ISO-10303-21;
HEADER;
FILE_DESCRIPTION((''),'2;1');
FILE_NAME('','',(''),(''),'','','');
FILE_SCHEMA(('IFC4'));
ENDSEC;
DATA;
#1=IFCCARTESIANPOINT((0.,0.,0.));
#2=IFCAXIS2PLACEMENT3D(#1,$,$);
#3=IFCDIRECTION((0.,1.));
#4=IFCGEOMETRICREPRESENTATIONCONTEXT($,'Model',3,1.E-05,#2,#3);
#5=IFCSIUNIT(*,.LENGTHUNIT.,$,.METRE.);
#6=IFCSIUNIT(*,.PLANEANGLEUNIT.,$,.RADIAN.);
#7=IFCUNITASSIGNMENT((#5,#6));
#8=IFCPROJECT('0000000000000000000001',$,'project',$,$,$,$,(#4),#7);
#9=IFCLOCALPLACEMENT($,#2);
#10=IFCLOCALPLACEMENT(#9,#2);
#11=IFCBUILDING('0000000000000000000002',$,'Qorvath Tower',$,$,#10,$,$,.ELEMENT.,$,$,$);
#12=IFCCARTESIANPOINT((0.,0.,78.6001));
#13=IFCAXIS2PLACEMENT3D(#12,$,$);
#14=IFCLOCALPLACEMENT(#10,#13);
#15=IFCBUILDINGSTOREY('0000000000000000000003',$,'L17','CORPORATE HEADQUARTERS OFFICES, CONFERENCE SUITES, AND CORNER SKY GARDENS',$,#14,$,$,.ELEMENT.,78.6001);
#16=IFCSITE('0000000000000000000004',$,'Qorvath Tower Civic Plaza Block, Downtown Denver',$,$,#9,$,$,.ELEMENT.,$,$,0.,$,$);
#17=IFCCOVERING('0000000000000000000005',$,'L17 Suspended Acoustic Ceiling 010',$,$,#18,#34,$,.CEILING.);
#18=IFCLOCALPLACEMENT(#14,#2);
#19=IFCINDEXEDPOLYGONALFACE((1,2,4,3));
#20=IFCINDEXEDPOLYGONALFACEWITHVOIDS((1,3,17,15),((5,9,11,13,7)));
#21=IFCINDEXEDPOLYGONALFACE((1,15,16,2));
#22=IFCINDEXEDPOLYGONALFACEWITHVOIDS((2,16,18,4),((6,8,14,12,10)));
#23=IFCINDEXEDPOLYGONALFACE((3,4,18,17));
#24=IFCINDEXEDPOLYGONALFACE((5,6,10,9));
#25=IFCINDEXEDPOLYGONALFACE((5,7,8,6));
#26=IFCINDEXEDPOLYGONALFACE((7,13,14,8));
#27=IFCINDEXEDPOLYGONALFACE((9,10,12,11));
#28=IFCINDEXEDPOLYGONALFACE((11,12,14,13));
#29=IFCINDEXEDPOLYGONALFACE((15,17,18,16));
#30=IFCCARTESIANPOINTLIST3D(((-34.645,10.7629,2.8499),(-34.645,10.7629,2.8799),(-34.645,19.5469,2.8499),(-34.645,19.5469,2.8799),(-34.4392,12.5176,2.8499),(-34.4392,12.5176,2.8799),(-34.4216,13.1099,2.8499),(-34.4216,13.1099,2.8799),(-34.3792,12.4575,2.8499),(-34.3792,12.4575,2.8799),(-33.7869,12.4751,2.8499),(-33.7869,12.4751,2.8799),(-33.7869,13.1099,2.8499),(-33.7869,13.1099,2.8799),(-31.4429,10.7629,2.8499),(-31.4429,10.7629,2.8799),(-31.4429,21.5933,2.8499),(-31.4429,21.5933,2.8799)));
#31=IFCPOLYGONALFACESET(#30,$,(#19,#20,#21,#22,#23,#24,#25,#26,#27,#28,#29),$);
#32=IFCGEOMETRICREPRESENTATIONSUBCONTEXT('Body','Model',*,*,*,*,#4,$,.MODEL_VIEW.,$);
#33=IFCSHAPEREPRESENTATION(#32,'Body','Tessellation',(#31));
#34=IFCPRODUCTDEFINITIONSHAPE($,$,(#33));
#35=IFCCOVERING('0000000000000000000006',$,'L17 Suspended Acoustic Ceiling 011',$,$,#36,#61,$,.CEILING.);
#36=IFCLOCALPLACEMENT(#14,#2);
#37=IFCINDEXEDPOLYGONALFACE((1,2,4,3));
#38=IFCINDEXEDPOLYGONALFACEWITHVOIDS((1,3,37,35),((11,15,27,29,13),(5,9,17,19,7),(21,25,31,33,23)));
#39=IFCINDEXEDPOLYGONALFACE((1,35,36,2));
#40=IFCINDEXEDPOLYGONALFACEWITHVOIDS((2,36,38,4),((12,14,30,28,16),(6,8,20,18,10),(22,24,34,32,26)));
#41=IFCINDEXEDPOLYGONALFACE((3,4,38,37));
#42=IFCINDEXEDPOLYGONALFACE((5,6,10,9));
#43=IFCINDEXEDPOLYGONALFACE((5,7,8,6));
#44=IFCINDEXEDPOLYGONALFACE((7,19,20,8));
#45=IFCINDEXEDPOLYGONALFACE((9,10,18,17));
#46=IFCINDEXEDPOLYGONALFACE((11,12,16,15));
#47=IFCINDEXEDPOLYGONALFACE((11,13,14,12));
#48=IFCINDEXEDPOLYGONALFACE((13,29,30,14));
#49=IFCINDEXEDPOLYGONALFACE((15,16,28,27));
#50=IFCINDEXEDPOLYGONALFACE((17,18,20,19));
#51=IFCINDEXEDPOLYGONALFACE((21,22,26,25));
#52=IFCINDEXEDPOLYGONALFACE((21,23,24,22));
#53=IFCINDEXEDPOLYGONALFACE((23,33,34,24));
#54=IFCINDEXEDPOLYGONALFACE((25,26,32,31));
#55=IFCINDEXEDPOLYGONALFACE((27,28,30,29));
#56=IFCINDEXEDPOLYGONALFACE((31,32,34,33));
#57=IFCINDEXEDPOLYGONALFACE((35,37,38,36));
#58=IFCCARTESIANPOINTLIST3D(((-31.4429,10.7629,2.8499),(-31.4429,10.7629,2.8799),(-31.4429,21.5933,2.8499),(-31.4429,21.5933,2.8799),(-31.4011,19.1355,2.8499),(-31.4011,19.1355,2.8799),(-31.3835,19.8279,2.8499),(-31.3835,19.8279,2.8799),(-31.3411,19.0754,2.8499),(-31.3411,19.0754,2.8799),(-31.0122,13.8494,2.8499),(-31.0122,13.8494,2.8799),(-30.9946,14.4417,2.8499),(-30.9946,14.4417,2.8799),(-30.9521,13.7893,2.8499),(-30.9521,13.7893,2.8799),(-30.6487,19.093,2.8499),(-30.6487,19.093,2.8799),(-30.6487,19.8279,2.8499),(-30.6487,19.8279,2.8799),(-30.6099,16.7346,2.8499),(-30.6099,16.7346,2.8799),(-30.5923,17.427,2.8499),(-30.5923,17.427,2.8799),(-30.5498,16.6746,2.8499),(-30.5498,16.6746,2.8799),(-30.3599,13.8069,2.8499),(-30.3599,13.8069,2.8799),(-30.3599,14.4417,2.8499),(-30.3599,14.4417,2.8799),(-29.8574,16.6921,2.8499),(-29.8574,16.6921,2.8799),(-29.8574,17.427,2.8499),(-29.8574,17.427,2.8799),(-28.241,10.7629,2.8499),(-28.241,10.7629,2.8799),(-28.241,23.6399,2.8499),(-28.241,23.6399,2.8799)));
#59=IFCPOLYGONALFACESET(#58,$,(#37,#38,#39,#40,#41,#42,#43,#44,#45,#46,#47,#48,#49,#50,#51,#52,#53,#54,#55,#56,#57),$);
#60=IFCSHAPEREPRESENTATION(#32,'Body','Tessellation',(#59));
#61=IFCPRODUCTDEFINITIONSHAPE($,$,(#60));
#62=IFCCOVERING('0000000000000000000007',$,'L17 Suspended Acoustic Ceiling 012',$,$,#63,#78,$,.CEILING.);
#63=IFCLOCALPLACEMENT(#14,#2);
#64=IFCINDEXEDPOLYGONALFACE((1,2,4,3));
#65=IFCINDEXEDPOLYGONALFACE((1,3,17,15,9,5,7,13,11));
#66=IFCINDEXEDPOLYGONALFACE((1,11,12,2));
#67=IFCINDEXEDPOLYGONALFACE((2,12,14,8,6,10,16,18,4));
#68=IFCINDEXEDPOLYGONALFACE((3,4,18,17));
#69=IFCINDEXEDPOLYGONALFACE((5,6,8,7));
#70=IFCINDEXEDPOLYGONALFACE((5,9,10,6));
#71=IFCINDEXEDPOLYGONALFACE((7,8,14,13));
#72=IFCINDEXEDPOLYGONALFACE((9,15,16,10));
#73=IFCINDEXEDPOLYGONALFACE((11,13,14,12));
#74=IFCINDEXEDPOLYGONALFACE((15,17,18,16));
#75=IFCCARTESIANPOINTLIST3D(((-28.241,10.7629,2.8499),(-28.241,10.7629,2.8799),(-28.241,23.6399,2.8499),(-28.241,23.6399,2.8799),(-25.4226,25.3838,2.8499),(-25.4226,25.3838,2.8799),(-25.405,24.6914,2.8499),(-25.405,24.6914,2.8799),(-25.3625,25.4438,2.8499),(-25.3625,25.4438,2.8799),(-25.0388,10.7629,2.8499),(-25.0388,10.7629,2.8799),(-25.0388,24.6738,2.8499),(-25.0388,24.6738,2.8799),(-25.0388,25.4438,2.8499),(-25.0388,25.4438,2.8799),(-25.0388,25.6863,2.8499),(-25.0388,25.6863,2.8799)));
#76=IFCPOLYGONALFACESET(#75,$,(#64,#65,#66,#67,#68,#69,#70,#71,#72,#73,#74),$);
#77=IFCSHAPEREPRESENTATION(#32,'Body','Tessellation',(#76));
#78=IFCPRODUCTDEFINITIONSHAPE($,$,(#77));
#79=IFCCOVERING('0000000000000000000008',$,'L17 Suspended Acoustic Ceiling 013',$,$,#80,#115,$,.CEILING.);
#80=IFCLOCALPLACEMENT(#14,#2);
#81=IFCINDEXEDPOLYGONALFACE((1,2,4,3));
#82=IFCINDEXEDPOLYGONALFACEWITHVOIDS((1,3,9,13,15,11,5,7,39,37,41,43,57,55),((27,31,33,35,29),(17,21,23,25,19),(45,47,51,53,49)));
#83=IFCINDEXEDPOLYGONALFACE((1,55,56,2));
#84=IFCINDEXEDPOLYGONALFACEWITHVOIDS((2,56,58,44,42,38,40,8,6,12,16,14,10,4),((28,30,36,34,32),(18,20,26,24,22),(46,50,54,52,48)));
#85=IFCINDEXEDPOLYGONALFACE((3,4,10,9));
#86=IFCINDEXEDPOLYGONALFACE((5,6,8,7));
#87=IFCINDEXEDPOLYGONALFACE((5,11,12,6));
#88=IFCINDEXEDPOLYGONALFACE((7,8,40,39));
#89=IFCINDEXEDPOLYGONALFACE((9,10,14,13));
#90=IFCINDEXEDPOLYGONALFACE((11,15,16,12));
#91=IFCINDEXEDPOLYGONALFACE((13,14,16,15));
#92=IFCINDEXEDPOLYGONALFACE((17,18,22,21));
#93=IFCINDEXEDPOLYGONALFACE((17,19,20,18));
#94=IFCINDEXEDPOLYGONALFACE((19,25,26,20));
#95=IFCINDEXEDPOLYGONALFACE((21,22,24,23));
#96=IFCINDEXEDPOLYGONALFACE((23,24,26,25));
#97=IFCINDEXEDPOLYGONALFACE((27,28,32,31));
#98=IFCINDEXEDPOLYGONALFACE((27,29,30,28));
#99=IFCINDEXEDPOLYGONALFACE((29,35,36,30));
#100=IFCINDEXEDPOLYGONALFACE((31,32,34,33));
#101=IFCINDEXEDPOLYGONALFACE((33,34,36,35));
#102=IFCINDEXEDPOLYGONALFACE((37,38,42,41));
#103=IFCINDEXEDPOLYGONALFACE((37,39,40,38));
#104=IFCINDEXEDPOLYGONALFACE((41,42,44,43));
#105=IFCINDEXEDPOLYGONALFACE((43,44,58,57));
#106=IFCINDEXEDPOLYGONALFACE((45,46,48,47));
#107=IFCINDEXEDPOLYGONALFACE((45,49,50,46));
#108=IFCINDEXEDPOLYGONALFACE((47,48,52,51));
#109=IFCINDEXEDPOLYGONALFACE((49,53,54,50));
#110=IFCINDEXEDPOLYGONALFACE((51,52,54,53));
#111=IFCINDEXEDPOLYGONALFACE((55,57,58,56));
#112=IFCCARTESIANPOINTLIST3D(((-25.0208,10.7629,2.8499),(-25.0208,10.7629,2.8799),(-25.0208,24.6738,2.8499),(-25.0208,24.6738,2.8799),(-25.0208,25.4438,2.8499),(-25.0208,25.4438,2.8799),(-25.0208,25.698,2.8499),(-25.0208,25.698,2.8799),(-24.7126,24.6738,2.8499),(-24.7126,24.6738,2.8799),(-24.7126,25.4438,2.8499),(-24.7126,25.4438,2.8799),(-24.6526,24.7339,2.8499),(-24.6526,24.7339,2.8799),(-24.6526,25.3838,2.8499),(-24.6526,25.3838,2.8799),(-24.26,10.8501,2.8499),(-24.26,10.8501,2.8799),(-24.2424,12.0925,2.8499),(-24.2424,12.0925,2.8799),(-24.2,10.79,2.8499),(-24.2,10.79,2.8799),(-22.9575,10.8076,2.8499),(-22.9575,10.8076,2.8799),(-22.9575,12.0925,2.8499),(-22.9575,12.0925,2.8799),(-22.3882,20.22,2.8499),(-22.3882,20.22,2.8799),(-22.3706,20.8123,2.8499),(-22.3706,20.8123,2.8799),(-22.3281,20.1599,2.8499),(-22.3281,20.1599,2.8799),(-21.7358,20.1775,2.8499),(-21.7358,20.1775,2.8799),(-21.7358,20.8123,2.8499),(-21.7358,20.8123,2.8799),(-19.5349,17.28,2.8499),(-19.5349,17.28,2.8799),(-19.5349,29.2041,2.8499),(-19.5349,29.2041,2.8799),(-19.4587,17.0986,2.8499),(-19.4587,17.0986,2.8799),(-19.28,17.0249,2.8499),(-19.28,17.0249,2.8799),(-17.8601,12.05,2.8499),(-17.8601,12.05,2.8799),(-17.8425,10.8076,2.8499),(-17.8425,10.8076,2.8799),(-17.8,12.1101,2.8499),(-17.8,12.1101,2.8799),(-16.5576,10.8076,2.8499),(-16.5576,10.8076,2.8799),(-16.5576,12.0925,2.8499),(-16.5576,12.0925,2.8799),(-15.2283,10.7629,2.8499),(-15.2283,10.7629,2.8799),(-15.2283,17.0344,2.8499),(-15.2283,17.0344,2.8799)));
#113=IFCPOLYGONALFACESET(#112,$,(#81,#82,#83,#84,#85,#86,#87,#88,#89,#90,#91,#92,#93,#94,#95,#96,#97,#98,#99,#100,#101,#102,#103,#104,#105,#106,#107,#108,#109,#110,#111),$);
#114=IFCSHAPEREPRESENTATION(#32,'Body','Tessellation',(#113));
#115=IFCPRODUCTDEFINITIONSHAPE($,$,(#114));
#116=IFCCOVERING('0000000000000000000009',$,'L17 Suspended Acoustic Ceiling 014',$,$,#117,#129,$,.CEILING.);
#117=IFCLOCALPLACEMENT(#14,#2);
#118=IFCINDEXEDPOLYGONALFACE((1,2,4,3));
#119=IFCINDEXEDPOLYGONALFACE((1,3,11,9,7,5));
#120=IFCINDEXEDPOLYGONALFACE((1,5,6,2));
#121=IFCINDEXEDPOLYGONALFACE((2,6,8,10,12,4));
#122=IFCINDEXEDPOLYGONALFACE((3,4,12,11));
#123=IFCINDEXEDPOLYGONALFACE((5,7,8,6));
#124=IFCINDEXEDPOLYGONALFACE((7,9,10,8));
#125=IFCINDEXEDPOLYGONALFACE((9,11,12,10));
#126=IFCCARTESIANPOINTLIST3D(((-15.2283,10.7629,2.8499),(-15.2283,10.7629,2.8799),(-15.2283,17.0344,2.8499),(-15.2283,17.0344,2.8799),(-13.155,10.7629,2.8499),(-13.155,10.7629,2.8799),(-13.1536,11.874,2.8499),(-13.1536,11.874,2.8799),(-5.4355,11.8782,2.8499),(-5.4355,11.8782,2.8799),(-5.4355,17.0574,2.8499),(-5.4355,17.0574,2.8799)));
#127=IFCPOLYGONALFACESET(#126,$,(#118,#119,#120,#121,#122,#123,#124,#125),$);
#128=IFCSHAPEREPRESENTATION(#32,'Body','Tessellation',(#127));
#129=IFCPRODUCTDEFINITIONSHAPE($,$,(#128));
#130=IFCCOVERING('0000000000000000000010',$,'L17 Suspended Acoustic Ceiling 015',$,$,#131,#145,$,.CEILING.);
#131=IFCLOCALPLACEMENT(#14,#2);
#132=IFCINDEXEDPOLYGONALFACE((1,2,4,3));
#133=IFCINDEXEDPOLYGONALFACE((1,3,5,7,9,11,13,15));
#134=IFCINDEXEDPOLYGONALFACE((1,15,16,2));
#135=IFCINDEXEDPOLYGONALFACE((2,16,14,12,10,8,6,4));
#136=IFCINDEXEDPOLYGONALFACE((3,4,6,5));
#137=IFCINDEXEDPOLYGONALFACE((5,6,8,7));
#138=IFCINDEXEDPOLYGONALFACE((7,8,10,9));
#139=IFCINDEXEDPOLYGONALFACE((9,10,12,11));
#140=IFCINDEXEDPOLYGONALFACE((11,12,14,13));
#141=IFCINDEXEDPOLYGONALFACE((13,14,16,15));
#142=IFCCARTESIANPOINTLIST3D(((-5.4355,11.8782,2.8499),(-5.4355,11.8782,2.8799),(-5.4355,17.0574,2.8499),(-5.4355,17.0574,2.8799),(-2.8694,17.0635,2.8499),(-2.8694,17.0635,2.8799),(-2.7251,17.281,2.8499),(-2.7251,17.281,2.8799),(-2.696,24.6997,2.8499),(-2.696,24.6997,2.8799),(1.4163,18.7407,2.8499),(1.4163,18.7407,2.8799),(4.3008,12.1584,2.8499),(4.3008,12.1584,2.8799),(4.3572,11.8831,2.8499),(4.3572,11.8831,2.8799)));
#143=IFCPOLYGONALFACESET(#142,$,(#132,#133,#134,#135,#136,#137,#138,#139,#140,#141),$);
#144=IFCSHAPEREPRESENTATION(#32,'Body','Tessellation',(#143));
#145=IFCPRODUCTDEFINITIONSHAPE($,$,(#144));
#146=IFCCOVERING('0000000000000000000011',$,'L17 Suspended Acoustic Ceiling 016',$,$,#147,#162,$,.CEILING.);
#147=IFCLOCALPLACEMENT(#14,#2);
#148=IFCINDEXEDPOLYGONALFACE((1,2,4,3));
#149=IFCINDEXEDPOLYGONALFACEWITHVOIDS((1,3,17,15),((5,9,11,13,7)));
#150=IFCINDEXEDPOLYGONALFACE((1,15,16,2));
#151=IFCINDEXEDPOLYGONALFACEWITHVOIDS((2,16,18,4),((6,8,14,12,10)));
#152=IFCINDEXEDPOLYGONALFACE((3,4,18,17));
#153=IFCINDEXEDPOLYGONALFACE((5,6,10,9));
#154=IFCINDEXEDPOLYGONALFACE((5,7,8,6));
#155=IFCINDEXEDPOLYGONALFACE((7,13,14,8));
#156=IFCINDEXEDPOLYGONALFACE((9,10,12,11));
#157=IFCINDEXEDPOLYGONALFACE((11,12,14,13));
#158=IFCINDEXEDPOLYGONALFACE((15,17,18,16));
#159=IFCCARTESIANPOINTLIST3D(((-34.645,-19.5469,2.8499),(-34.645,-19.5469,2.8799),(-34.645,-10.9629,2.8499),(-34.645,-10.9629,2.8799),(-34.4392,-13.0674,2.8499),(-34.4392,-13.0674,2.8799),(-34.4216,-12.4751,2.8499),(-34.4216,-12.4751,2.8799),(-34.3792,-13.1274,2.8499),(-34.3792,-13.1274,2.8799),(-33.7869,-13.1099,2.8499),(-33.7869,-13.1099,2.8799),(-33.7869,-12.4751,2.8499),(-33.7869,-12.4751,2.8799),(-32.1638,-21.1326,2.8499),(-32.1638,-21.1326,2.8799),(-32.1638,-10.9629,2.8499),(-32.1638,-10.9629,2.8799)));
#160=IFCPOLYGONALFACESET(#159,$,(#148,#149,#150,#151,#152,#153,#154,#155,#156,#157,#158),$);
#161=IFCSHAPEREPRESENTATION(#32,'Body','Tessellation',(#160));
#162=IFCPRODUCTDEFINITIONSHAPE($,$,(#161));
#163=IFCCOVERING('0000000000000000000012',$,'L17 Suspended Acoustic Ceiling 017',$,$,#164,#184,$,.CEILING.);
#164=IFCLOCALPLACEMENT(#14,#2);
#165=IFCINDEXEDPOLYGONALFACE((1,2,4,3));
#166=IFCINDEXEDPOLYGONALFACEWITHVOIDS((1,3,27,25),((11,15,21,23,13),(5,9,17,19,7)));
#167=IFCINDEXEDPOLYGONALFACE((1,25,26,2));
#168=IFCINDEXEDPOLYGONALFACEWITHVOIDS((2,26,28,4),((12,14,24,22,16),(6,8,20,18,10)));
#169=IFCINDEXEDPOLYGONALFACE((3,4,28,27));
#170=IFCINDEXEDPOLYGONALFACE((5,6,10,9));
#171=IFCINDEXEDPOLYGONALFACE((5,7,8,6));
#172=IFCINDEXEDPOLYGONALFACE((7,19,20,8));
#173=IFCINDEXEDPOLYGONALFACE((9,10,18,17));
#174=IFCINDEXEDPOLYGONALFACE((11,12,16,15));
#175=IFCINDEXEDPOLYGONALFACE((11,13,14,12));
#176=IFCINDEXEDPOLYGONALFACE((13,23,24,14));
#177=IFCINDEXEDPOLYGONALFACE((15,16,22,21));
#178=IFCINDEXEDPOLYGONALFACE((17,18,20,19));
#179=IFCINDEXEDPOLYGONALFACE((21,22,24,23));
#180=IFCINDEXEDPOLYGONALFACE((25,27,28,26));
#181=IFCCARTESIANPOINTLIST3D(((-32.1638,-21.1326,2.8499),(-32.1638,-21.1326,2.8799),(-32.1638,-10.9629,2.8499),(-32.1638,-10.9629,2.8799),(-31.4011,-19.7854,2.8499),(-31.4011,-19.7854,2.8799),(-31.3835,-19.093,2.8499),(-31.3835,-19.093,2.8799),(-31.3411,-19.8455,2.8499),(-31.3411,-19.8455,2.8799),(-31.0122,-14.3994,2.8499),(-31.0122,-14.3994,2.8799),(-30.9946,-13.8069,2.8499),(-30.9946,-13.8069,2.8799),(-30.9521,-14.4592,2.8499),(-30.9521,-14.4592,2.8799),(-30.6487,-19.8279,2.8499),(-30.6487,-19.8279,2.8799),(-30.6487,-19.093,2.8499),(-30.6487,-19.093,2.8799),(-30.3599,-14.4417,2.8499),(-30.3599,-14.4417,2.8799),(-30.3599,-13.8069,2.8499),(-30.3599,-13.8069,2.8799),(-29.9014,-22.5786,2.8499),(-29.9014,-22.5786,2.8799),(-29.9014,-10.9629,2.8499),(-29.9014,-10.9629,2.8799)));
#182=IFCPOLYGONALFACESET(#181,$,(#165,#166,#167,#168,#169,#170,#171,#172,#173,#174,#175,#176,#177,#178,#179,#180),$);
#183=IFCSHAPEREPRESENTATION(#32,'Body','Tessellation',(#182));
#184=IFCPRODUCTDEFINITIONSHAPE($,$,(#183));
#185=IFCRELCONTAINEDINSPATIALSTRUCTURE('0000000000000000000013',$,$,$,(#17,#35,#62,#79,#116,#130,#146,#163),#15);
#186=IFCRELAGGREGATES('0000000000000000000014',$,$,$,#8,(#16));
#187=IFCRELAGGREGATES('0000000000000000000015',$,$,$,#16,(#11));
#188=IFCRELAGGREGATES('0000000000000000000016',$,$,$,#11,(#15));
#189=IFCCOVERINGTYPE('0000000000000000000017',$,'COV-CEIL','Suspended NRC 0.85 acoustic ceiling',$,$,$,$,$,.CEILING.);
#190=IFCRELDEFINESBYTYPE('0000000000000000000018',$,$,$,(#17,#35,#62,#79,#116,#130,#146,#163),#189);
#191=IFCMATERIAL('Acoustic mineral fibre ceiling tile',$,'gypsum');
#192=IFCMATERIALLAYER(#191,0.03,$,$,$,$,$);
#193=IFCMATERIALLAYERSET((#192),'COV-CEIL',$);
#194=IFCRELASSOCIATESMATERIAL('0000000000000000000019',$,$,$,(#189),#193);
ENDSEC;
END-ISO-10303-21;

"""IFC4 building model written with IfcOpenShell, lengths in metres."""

from ifc_helpers import new_model, si_unit, direction, frame, origin, place, context, subcontext, project, spatial, polyline, outline, extrude, material, layer, layer_set, type_object, element, save


model = new_model("IFC4")

# Units and contexts
model_context = context("Model", 3, precision=1e-05, world=origin(), true_north=direction((0.0, 1.0)))
body_context = subcontext(model_context, "Body", "Model", "MODEL_VIEW")
ifc_project = project(units=[si_unit("LENGTHUNIT", "METRE"), si_unit("PLANEANGLEUNIT", "RADIAN")], contexts=[model_context])

# Site, building, storey
site_placement = place(None, origin())
site = spatial("IfcSite", under=ifc_project, at=site_placement, Name="Qorvath Tower Civic Plaza Block, Downtown Denver", CompositionType="ELEMENT", RefElevation=0.0)
building_placement = place(site_placement, origin())
building = spatial("IfcBuilding", under=site, at=building_placement, Name="Qorvath Tower", CompositionType="ELEMENT")
storey_placement = place(building_placement, frame((0.0, 0.0, 78.6001)))
storey = spatial("IfcBuildingStorey", under=building, at=storey_placement, Name="L17", Description="CORPORATE HEADQUARTERS OFFICES, CONFERENCE SUITES, AND CORNER SKY GARDENS", CompositionType="ELEMENT", Elevation=78.6001)

# Coverings
ifc_material_1 = material(Name="Acoustic mineral fibre ceiling tile", Category="gypsum")
ifc_layer_1 = layer(ifc_material_1, 0.03)
ifc_layer_set_1 = layer_set([ifc_layer_1], Name="COV-CEIL")
covering_type_1 = type_object("IfcCoveringType", Name="COV-CEIL", Description="Suspended NRC 0.85 acoustic ceiling", PredefinedType="CEILING", material=ifc_layer_set_1)
covering_1_placement = place(storey_placement, frame((0.0, 0.0, 2.8499)))
element("IfcCovering", 1, at=covering_1_placement, inside=storey, type_object=covering_type_1, Name="L17 Suspended Acoustic Ceiling 010", PredefinedType="CEILING", context=body_context, shape_type="SweptSolid", body=[
    extrude(outline(polyline([(-31.4429, 10.7629), (-31.4429, 21.5933), (-34.645, 19.5469), (-34.645, 10.7629), (-31.4429, 10.7629)]), holes=[polyline([(-34.4392, 12.5176), (-34.4216, 13.1099), (-33.7869, 13.1099), (-33.7869, 12.4751), (-34.3792, 12.4575), (-34.4392, 12.5176)])]), origin(), (0.0, 0.0, 1.0), 0.03),
])
covering_2_placement = place(storey_placement, frame((0.0, 0.0, 2.8499)))
element("IfcCovering", 2, at=covering_2_placement, inside=storey, type_object=covering_type_1, Name="L17 Suspended Acoustic Ceiling 011", PredefinedType="CEILING", context=body_context, shape_type="SweptSolid", body=[
    extrude(outline(polyline([(-28.241, 10.7629), (-28.241, 23.6399), (-31.4429, 21.5933), (-31.4429, 10.7629), (-28.241, 10.7629)]), holes=[polyline([(-30.6099, 16.7346), (-30.5923, 17.427), (-29.8574, 17.427), (-29.8574, 16.6921), (-30.5498, 16.6746), (-30.6099, 16.7346)]), polyline([(-31.0122, 13.8494), (-30.9946, 14.4417), (-30.3599, 14.4417), (-30.3599, 13.8069), (-30.9521, 13.7893), (-31.0122, 13.8494)]), polyline([(-31.4011, 19.1355), (-31.3835, 19.8279), (-30.6487, 19.8279), (-30.6487, 19.093), (-31.3411, 19.0754), (-31.4011, 19.1355)])]), origin(), (0.0, 0.0, 1.0), 0.03),
])
covering_3_placement = place(storey_placement, frame((0.0, 0.0, 2.8499)))
element("IfcCovering", 3, at=covering_3_placement, inside=storey, type_object=covering_type_1, Name="L17 Suspended Acoustic Ceiling 012", PredefinedType="CEILING", context=body_context, shape_type="SweptSolid", body=[
    extrude(outline(polyline([(-25.0388, 25.4438), (-25.0388, 25.6863), (-28.241, 23.6399), (-28.241, 10.7629), (-25.0388, 10.7629), (-25.0388, 24.6738), (-25.405, 24.6914), (-25.4226, 25.3838), (-25.3625, 25.4438), (-25.0388, 25.4438)])), origin(), (0.0, 0.0, 1.0), 0.03),
])
covering_4_placement = place(storey_placement, frame((0.0, 0.0, 2.8499)))
element("IfcCovering", 4, at=covering_4_placement, inside=storey, type_object=covering_type_1, Name="L17 Suspended Acoustic Ceiling 013", PredefinedType="CEILING", context=body_context, shape_type="SweptSolid", body=[
    extrude(outline(polyline([(-15.2283, 10.7629), (-15.2283, 17.0344), (-19.28, 17.0249), (-19.4587, 17.0986), (-19.5349, 17.28), (-19.5349, 29.2041), (-25.0208, 25.698), (-25.0208, 25.4438), (-24.7126, 25.4438), (-24.6526, 25.3838), (-24.6526, 24.7339), (-24.7126, 24.6738), (-25.0208, 24.6738), (-25.0208, 10.7629), (-15.2283, 10.7629)]), holes=[polyline([(-17.8601, 12.05), (-17.8, 12.1101), (-16.5576, 12.0925), (-16.5576, 10.8076), (-17.8425, 10.8076), (-17.8601, 12.05)]), polyline([(-22.3882, 20.22), (-22.3706, 20.8123), (-21.7358, 20.8123), (-21.7358, 20.1775), (-22.3281, 20.1599), (-22.3882, 20.22)]), polyline([(-24.26, 10.8501), (-24.2424, 12.0925), (-22.9575, 12.0925), (-22.9575, 10.8076), (-24.2, 10.79), (-24.26, 10.8501)])]), origin(), (0.0, 0.0, 1.0), 0.03),
])
covering_5_placement = place(storey_placement, frame((0.0, 0.0, 2.8499)))
element("IfcCovering", 5, at=covering_5_placement, inside=storey, type_object=covering_type_1, Name="L17 Suspended Acoustic Ceiling 014", PredefinedType="CEILING", context=body_context, shape_type="SweptSolid", body=[
    extrude(outline(polyline([(-13.1536, 11.874), (-5.4355, 11.8782), (-5.4355, 17.0574), (-15.2283, 17.0344), (-15.2283, 10.7629), (-13.155, 10.7629), (-13.1536, 11.874)])), origin(), (0.0, 0.0, 1.0), 0.03),
])
covering_6_placement = place(storey_placement, frame((0.0, 0.0, 2.8499)))
element("IfcCovering", 6, at=covering_6_placement, inside=storey, type_object=covering_type_1, Name="L17 Suspended Acoustic Ceiling 015", PredefinedType="CEILING", context=body_context, shape_type="SweptSolid", body=[
    extrude(outline(polyline([(-5.4355, 17.0574), (-5.4355, 11.8782), (4.3572, 11.8831), (4.3008, 12.1584), (1.4163, 18.7407), (-2.696, 24.6997), (-2.7251, 17.281), (-2.8694, 17.0635), (-5.4355, 17.0574)])), origin(), (0.0, 0.0, 1.0), 0.03),
])
covering_7_placement = place(storey_placement, frame((0.0, 0.0, 2.8499)))
element("IfcCovering", 7, at=covering_7_placement, inside=storey, type_object=covering_type_1, Name="L17 Suspended Acoustic Ceiling 016", PredefinedType="CEILING", context=body_context, shape_type="SweptSolid", body=[
    extrude(outline(polyline([(-34.645, -10.9629), (-34.645, -19.5469), (-32.1638, -21.1326), (-32.1638, -10.9629), (-34.645, -10.9629)]), holes=[polyline([(-34.4392, -13.0674), (-34.4216, -12.4751), (-33.7869, -12.4751), (-33.7869, -13.1099), (-34.3792, -13.1274), (-34.4392, -13.0674)])]), origin(), (0.0, 0.0, 1.0), 0.03),
])
covering_8_placement = place(storey_placement, frame((0.0, 0.0, 2.8499)))
element("IfcCovering", 8, at=covering_8_placement, inside=storey, type_object=covering_type_1, Name="L17 Suspended Acoustic Ceiling 017", PredefinedType="CEILING", context=body_context, shape_type="SweptSolid", body=[
    extrude(outline(polyline([(-32.1638, -10.9629), (-32.1638, -21.1326), (-29.9014, -22.5786), (-29.9014, -10.9629), (-32.1638, -10.9629)]), holes=[polyline([(-31.0122, -14.3994), (-30.9946, -13.8069), (-30.3599, -13.8069), (-30.3599, -14.4417), (-30.9521, -14.4592), (-31.0122, -14.3994)]), polyline([(-31.4011, -19.7854), (-31.3835, -19.093), (-30.6487, -19.093), (-30.6487, -19.8279), (-31.3411, -19.8455), (-31.4011, -19.7854)])]), origin(), (0.0, 0.0, 1.0), 0.03),
])

save(model, "model.ifc")
